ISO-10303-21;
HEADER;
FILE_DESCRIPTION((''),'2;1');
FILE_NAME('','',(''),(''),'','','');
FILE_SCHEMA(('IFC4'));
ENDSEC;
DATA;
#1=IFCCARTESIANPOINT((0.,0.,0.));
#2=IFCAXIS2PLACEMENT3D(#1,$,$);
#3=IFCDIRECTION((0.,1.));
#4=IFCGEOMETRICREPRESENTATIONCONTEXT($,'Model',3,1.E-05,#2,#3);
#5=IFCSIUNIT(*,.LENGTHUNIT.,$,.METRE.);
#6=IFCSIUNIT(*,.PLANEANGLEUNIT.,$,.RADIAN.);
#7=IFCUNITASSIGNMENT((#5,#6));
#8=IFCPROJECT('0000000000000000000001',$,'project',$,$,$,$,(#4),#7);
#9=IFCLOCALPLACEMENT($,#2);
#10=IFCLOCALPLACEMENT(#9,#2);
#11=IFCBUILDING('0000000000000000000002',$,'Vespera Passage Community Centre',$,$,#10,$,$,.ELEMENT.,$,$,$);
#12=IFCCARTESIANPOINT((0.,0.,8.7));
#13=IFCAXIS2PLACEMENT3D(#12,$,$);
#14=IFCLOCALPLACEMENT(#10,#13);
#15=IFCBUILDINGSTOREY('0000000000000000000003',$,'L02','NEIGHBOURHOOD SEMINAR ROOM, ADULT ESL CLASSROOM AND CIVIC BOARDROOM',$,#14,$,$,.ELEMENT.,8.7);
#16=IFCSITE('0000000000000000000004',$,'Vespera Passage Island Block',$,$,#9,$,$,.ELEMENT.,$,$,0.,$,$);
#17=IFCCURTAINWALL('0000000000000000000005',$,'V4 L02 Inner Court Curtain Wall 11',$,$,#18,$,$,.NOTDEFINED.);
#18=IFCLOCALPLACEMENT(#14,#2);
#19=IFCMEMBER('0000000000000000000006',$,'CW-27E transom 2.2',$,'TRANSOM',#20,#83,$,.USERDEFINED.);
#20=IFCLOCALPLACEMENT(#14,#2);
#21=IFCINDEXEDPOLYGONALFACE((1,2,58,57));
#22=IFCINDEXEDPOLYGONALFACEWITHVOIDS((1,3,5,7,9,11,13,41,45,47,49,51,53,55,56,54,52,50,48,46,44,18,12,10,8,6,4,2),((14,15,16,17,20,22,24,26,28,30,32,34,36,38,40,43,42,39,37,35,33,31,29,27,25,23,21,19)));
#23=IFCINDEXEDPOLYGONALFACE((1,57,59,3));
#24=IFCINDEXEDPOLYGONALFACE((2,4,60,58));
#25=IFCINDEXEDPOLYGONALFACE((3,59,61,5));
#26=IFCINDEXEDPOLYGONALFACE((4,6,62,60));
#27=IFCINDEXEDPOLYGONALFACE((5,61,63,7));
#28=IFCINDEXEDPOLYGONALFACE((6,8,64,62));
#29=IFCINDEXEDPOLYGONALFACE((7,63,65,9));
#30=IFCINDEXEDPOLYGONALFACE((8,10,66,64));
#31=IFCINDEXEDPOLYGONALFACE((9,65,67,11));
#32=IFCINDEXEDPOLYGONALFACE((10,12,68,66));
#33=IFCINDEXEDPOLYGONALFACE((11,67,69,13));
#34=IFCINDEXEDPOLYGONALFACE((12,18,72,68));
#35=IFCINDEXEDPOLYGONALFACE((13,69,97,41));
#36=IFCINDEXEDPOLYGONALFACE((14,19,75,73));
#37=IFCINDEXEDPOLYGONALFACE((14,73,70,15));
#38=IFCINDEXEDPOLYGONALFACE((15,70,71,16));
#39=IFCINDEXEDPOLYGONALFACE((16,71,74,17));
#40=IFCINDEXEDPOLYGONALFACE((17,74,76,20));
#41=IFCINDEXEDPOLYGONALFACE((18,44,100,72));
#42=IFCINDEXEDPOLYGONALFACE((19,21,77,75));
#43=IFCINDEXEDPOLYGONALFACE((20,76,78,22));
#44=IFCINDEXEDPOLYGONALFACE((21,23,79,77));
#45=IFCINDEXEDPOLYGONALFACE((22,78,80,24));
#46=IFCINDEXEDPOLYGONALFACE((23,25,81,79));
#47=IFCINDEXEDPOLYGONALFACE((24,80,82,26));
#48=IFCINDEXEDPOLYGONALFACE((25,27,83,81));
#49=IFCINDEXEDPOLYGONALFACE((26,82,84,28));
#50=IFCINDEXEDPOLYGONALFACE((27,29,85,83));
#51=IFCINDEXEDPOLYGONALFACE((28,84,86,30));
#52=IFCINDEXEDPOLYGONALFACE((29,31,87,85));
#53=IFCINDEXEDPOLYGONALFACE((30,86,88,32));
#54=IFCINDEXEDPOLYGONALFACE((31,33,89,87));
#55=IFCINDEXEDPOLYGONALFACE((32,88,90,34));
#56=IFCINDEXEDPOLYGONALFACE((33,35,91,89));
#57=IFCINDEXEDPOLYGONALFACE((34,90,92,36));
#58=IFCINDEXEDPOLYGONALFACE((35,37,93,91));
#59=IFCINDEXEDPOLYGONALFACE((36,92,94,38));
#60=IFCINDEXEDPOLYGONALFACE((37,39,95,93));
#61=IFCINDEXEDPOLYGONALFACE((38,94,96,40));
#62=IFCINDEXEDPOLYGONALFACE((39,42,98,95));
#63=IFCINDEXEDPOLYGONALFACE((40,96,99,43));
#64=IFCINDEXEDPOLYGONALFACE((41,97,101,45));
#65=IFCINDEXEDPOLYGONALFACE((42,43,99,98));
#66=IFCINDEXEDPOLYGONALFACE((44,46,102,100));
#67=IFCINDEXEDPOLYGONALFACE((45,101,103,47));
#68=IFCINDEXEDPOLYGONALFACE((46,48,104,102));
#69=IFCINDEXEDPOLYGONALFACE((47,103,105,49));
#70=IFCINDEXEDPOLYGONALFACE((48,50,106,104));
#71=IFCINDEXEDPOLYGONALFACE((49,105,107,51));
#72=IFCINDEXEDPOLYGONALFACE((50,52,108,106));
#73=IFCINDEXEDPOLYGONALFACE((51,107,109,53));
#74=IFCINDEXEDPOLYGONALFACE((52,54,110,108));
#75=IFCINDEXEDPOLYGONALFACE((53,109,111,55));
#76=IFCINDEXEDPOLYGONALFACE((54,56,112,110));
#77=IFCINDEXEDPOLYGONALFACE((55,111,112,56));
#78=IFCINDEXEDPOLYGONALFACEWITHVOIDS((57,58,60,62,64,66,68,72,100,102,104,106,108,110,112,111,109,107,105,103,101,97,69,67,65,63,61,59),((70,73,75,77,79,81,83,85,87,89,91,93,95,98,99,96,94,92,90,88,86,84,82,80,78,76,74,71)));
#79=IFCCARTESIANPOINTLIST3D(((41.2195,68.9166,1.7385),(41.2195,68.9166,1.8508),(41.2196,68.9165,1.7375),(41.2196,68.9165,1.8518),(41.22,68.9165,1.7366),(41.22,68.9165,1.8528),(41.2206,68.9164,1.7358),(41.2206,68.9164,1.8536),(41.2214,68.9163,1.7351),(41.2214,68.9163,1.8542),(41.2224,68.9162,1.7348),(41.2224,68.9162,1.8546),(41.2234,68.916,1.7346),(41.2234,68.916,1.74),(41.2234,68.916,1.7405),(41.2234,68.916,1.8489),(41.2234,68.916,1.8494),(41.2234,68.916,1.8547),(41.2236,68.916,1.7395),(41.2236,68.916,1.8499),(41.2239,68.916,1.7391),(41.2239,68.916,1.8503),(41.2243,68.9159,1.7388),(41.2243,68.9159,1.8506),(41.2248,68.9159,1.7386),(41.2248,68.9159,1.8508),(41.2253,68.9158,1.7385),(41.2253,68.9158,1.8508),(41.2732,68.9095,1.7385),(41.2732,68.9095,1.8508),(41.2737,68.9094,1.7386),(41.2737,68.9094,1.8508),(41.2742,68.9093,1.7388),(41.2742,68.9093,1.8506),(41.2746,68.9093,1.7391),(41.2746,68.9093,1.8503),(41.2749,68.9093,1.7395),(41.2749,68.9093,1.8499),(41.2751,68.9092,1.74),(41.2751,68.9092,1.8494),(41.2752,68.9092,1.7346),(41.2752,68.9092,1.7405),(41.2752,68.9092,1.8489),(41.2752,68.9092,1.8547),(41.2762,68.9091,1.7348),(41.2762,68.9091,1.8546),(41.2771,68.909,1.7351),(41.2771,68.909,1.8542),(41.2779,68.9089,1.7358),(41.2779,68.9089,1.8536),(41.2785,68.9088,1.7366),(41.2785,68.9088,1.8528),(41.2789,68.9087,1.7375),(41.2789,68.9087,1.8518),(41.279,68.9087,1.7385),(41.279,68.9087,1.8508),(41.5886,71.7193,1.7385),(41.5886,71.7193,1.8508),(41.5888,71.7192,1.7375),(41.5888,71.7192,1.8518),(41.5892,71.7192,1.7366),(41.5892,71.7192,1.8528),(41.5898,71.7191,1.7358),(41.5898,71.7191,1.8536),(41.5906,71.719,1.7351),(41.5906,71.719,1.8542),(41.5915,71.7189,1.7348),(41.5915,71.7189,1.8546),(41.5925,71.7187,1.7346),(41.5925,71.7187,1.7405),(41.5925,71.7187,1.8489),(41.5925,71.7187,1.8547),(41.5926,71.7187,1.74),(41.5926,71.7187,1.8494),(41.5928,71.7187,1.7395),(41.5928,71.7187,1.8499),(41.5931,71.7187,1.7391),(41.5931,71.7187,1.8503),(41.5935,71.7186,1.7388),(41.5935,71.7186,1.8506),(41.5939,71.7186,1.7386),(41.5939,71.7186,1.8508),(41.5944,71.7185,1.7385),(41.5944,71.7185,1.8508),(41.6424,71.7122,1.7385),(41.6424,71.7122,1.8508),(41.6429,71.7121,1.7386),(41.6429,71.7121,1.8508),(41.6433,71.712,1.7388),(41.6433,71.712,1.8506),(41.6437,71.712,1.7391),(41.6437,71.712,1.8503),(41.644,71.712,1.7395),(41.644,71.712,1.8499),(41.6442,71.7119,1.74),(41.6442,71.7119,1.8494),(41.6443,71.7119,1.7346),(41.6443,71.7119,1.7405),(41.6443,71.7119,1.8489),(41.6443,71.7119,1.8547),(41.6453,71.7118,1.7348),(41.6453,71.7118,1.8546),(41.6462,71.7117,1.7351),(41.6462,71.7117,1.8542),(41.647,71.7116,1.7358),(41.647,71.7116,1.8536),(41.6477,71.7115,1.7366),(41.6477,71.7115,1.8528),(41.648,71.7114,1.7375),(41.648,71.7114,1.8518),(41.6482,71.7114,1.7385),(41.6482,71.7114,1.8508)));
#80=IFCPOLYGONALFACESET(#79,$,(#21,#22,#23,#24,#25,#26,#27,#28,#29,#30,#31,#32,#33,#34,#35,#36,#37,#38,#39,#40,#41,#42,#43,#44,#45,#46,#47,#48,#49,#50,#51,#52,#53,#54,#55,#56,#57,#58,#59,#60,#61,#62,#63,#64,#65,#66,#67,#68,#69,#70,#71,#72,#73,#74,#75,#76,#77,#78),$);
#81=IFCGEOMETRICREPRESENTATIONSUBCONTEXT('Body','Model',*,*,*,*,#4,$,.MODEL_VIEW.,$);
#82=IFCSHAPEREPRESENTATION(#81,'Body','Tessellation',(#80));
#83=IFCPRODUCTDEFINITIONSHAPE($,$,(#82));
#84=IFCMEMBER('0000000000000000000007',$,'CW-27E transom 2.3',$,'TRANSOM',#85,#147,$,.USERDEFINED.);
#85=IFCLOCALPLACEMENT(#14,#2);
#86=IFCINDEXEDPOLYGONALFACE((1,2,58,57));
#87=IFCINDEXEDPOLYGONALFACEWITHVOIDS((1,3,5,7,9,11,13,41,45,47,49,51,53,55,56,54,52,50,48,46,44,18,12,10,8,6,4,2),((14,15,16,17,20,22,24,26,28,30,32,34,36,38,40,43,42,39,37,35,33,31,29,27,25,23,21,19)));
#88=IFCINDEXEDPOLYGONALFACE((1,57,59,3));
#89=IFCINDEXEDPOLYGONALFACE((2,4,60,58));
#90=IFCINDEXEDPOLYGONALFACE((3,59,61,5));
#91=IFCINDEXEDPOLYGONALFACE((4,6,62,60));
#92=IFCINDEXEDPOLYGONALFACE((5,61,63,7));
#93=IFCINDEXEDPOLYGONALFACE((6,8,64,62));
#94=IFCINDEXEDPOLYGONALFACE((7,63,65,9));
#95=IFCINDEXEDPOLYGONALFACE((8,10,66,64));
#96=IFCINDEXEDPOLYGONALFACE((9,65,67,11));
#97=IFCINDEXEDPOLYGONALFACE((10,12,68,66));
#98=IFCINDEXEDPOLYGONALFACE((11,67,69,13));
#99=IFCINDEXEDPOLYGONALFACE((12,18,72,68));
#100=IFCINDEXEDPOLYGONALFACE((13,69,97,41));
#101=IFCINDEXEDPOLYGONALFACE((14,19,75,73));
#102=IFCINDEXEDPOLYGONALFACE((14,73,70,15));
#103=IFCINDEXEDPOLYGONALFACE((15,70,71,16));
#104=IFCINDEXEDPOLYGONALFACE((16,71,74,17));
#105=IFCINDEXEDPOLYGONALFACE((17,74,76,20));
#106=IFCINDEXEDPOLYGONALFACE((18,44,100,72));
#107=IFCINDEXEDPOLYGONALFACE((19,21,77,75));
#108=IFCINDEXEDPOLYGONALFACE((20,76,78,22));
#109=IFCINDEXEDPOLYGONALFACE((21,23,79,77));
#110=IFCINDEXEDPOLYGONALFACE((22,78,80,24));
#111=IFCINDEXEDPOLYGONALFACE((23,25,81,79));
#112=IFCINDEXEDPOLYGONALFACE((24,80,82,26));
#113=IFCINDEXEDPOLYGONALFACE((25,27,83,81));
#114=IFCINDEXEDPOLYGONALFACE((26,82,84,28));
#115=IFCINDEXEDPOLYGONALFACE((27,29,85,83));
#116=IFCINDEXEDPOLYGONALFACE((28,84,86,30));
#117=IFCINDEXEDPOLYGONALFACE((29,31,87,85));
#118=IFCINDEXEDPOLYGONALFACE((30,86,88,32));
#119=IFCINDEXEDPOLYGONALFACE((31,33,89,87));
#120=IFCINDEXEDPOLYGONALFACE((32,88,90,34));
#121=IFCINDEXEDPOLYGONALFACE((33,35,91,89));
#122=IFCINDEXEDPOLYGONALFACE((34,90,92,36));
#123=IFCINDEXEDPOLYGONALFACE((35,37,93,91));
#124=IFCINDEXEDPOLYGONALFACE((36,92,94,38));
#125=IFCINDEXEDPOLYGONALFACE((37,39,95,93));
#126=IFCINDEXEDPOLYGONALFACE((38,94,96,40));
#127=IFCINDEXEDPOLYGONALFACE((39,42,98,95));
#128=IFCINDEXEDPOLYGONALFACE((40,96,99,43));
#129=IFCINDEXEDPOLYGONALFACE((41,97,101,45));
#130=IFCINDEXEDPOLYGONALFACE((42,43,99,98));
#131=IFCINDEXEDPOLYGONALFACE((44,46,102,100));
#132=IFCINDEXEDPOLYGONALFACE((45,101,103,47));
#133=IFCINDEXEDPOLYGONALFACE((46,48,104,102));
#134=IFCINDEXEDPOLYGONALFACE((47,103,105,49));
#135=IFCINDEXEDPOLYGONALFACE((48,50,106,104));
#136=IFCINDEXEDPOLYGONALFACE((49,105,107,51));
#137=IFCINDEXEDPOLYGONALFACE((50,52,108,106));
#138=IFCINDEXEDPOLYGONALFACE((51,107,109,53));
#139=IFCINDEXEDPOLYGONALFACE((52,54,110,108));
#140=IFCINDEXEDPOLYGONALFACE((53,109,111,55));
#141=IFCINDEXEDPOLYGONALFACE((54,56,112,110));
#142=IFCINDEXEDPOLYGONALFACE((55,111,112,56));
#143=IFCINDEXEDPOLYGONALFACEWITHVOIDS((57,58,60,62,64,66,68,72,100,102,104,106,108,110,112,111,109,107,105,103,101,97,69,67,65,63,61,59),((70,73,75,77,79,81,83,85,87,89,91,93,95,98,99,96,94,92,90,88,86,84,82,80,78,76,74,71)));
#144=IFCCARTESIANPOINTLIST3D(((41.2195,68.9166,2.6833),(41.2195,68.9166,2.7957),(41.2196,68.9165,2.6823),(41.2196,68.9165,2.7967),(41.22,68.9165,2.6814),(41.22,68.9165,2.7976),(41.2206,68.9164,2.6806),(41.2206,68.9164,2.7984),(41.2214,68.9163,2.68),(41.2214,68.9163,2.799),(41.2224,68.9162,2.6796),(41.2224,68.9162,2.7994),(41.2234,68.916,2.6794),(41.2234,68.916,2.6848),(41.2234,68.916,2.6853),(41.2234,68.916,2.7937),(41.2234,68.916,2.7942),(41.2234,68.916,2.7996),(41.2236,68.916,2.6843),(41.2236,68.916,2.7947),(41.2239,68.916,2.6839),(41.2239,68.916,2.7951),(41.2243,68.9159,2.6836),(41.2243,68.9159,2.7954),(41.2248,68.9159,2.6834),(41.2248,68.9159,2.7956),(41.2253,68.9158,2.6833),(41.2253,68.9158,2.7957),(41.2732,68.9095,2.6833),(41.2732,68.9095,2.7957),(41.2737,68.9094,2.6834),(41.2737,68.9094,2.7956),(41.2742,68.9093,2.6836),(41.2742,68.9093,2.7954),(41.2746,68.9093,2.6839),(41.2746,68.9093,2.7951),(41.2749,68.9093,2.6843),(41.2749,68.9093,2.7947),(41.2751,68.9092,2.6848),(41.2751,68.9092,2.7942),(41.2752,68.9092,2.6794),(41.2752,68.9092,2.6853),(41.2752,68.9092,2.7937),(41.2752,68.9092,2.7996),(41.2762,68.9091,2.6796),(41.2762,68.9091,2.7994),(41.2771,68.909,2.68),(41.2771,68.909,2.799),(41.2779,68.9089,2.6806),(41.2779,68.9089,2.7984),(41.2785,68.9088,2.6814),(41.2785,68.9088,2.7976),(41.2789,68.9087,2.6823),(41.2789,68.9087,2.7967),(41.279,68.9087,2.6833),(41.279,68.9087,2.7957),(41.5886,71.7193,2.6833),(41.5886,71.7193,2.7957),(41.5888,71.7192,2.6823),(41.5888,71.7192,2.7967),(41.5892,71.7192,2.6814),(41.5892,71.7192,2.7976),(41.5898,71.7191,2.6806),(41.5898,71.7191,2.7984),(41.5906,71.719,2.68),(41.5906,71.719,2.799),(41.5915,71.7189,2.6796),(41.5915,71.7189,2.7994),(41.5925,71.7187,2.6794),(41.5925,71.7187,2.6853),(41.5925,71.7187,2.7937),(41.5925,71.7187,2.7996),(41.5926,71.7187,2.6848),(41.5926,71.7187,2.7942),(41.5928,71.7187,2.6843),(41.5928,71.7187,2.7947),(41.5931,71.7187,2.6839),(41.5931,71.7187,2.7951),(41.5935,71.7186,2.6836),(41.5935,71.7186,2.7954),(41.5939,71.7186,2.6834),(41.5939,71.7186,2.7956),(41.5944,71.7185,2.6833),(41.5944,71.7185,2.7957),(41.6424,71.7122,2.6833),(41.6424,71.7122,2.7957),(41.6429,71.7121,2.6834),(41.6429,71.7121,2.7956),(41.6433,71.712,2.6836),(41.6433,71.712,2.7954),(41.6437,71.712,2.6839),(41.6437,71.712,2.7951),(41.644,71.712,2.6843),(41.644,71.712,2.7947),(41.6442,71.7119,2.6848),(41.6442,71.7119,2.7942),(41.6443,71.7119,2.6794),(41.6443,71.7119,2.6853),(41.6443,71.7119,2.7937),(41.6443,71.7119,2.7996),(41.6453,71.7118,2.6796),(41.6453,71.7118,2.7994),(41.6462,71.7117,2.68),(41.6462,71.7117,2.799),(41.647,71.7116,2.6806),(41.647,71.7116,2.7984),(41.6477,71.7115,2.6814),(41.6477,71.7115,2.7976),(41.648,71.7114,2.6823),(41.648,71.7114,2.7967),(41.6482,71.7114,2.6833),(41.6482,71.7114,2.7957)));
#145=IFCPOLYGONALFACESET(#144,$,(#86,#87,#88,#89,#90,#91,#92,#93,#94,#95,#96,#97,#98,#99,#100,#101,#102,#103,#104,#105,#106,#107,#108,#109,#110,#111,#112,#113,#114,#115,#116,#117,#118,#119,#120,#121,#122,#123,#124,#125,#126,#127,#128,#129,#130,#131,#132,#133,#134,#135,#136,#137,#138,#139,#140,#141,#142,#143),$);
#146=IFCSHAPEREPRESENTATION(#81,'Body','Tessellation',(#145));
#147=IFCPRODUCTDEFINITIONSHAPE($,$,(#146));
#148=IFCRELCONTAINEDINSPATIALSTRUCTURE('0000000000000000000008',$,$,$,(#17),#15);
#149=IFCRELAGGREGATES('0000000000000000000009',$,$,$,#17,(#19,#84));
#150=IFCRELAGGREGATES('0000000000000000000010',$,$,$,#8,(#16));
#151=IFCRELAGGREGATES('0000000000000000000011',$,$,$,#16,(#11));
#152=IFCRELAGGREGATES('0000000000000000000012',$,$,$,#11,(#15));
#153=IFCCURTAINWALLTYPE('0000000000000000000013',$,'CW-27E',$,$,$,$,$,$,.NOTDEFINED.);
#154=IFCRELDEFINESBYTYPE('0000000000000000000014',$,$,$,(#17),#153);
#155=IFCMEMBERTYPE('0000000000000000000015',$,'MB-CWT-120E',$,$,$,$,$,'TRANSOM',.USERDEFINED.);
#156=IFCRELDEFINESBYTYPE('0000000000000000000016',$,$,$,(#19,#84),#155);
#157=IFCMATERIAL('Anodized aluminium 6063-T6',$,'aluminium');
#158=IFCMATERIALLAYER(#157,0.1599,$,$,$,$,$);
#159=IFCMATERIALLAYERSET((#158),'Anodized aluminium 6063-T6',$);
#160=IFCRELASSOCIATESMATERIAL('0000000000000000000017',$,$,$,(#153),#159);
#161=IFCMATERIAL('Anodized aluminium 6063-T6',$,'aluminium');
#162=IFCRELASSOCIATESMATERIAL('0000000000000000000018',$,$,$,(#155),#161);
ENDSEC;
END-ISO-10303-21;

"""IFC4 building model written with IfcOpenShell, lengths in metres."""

from ifc_helpers import new_model, si_unit, direction, frame, origin, origin_2d, place, context, subcontext, project, spatial, hollow_rectangle, extrude, material, layer, layer_set, material_profile, profile_set, type_object, element, aggregate, save


model = new_model("IFC4")

# Units and contexts
model_context = context("Model", 3, precision=1e-05, world=origin(), true_north=direction((0.0, 1.0)))
body_context = subcontext(model_context, "Body", "Model", "MODEL_VIEW")
ifc_project = project(units=[si_unit("LENGTHUNIT", "METRE"), si_unit("PLANEANGLEUNIT", "RADIAN")], contexts=[model_context])

# Site, building, storey
site_placement = place(None, origin())
site = spatial("IfcSite", under=ifc_project, at=site_placement, Name="Vespera Passage Island Block", CompositionType="ELEMENT", RefElevation=0.0)
building_placement = place(site_placement, origin())
building = spatial("IfcBuilding", under=site, at=building_placement, Name="Vespera Passage Community Centre", CompositionType="ELEMENT")
storey_placement = place(building_placement, frame((0.0, 0.0, 8.7)))
storey = spatial("IfcBuildingStorey", under=building, at=storey_placement, Name="L02", Description="NEIGHBOURHOOD SEMINAR ROOM, ADULT ESL CLASSROOM AND CIVIC BOARDROOM", CompositionType="ELEMENT", Elevation=8.7)

# Curtain wall
ifc_material_1 = material(Name="Anodized aluminium 6063-T6", Category="aluminium")
ifc_layer_1 = layer(ifc_material_1, 0.1599)
ifc_layer_set_1 = layer_set([ifc_layer_1], Name="Anodized aluminium 6063-T6")
curtain_wall_type_1 = type_object("IfcCurtainWallType", Name="CW-27E", PredefinedType="NOTDEFINED", material=ifc_layer_set_1)
curtain_wall_1_placement = place(storey_placement, origin())
curtain_wall_1 = element("IfcCurtainWall", 1, at=curtain_wall_1_placement, inside=storey, type_object=curtain_wall_type_1, Name="V4 L02 Inner Court Curtain Wall 11", PredefinedType="NOTDEFINED")

# Members
ifc_material_2 = material(Name="Anodized aluminium 6063-T6", Category="aluminium")
ifc_material_profile_1 = material_profile(ifc_material_2, hollow_rectangle(XDim=0.0601, YDim=0.1201, WallThickness=0.0039, InnerFilletRadius=0.002, OuterFilletRadius=0.0039, at=origin_2d()), Name="ALU120X60X4")
ifc_profile_set_1 = profile_set([ifc_material_profile_1], Name="Anodized aluminium 6063-T6")
member_type_1 = type_object("IfcMemberType", Name="MB-CWT-120E", ElementType="TRANSOM", PredefinedType="USERDEFINED", material=ifc_profile_set_1)
member_1_placement = place(storey_placement, frame((41.6184, 71.7153, 1.7947), z_axis=(-0.13058, -0.991438, 0.0), x_axis=(0.991438, -0.13058, 0.0)))
member_1 = element("IfcMember", 2, at=member_1_placement, type_object=member_type_1, Name="CW-27E transom 2.2", ObjectType="TRANSOM", PredefinedType="USERDEFINED", context=body_context, shape_type="SweptSolid", body=[
    extrude(hollow_rectangle(XDim=0.0601, YDim=0.1201, WallThickness=0.0039, InnerFilletRadius=0.002, OuterFilletRadius=0.0039, at=origin_2d()), origin(), (0.0, 0.0, 1.0), 2.8269),
])
member_2_placement = place(storey_placement, frame((41.6184, 71.7153, 2.7395), z_axis=(-0.13058, -0.991438, 0.0), x_axis=(0.991438, -0.13058, 0.0)))
member_2 = element("IfcMember", 3, at=member_2_placement, type_object=member_type_1, Name="CW-27E transom 2.3", ObjectType="TRANSOM", PredefinedType="USERDEFINED", context=body_context, shape_type="SweptSolid", body=[
    extrude(hollow_rectangle(XDim=0.0601, YDim=0.1201, WallThickness=0.0039, InnerFilletRadius=0.002, OuterFilletRadius=0.0039, at=origin_2d()), origin(), (0.0, 0.0, 1.0), 2.8269),
])

aggregate(curtain_wall_1, [member_1, member_2])

save(model, "model.ifc")
